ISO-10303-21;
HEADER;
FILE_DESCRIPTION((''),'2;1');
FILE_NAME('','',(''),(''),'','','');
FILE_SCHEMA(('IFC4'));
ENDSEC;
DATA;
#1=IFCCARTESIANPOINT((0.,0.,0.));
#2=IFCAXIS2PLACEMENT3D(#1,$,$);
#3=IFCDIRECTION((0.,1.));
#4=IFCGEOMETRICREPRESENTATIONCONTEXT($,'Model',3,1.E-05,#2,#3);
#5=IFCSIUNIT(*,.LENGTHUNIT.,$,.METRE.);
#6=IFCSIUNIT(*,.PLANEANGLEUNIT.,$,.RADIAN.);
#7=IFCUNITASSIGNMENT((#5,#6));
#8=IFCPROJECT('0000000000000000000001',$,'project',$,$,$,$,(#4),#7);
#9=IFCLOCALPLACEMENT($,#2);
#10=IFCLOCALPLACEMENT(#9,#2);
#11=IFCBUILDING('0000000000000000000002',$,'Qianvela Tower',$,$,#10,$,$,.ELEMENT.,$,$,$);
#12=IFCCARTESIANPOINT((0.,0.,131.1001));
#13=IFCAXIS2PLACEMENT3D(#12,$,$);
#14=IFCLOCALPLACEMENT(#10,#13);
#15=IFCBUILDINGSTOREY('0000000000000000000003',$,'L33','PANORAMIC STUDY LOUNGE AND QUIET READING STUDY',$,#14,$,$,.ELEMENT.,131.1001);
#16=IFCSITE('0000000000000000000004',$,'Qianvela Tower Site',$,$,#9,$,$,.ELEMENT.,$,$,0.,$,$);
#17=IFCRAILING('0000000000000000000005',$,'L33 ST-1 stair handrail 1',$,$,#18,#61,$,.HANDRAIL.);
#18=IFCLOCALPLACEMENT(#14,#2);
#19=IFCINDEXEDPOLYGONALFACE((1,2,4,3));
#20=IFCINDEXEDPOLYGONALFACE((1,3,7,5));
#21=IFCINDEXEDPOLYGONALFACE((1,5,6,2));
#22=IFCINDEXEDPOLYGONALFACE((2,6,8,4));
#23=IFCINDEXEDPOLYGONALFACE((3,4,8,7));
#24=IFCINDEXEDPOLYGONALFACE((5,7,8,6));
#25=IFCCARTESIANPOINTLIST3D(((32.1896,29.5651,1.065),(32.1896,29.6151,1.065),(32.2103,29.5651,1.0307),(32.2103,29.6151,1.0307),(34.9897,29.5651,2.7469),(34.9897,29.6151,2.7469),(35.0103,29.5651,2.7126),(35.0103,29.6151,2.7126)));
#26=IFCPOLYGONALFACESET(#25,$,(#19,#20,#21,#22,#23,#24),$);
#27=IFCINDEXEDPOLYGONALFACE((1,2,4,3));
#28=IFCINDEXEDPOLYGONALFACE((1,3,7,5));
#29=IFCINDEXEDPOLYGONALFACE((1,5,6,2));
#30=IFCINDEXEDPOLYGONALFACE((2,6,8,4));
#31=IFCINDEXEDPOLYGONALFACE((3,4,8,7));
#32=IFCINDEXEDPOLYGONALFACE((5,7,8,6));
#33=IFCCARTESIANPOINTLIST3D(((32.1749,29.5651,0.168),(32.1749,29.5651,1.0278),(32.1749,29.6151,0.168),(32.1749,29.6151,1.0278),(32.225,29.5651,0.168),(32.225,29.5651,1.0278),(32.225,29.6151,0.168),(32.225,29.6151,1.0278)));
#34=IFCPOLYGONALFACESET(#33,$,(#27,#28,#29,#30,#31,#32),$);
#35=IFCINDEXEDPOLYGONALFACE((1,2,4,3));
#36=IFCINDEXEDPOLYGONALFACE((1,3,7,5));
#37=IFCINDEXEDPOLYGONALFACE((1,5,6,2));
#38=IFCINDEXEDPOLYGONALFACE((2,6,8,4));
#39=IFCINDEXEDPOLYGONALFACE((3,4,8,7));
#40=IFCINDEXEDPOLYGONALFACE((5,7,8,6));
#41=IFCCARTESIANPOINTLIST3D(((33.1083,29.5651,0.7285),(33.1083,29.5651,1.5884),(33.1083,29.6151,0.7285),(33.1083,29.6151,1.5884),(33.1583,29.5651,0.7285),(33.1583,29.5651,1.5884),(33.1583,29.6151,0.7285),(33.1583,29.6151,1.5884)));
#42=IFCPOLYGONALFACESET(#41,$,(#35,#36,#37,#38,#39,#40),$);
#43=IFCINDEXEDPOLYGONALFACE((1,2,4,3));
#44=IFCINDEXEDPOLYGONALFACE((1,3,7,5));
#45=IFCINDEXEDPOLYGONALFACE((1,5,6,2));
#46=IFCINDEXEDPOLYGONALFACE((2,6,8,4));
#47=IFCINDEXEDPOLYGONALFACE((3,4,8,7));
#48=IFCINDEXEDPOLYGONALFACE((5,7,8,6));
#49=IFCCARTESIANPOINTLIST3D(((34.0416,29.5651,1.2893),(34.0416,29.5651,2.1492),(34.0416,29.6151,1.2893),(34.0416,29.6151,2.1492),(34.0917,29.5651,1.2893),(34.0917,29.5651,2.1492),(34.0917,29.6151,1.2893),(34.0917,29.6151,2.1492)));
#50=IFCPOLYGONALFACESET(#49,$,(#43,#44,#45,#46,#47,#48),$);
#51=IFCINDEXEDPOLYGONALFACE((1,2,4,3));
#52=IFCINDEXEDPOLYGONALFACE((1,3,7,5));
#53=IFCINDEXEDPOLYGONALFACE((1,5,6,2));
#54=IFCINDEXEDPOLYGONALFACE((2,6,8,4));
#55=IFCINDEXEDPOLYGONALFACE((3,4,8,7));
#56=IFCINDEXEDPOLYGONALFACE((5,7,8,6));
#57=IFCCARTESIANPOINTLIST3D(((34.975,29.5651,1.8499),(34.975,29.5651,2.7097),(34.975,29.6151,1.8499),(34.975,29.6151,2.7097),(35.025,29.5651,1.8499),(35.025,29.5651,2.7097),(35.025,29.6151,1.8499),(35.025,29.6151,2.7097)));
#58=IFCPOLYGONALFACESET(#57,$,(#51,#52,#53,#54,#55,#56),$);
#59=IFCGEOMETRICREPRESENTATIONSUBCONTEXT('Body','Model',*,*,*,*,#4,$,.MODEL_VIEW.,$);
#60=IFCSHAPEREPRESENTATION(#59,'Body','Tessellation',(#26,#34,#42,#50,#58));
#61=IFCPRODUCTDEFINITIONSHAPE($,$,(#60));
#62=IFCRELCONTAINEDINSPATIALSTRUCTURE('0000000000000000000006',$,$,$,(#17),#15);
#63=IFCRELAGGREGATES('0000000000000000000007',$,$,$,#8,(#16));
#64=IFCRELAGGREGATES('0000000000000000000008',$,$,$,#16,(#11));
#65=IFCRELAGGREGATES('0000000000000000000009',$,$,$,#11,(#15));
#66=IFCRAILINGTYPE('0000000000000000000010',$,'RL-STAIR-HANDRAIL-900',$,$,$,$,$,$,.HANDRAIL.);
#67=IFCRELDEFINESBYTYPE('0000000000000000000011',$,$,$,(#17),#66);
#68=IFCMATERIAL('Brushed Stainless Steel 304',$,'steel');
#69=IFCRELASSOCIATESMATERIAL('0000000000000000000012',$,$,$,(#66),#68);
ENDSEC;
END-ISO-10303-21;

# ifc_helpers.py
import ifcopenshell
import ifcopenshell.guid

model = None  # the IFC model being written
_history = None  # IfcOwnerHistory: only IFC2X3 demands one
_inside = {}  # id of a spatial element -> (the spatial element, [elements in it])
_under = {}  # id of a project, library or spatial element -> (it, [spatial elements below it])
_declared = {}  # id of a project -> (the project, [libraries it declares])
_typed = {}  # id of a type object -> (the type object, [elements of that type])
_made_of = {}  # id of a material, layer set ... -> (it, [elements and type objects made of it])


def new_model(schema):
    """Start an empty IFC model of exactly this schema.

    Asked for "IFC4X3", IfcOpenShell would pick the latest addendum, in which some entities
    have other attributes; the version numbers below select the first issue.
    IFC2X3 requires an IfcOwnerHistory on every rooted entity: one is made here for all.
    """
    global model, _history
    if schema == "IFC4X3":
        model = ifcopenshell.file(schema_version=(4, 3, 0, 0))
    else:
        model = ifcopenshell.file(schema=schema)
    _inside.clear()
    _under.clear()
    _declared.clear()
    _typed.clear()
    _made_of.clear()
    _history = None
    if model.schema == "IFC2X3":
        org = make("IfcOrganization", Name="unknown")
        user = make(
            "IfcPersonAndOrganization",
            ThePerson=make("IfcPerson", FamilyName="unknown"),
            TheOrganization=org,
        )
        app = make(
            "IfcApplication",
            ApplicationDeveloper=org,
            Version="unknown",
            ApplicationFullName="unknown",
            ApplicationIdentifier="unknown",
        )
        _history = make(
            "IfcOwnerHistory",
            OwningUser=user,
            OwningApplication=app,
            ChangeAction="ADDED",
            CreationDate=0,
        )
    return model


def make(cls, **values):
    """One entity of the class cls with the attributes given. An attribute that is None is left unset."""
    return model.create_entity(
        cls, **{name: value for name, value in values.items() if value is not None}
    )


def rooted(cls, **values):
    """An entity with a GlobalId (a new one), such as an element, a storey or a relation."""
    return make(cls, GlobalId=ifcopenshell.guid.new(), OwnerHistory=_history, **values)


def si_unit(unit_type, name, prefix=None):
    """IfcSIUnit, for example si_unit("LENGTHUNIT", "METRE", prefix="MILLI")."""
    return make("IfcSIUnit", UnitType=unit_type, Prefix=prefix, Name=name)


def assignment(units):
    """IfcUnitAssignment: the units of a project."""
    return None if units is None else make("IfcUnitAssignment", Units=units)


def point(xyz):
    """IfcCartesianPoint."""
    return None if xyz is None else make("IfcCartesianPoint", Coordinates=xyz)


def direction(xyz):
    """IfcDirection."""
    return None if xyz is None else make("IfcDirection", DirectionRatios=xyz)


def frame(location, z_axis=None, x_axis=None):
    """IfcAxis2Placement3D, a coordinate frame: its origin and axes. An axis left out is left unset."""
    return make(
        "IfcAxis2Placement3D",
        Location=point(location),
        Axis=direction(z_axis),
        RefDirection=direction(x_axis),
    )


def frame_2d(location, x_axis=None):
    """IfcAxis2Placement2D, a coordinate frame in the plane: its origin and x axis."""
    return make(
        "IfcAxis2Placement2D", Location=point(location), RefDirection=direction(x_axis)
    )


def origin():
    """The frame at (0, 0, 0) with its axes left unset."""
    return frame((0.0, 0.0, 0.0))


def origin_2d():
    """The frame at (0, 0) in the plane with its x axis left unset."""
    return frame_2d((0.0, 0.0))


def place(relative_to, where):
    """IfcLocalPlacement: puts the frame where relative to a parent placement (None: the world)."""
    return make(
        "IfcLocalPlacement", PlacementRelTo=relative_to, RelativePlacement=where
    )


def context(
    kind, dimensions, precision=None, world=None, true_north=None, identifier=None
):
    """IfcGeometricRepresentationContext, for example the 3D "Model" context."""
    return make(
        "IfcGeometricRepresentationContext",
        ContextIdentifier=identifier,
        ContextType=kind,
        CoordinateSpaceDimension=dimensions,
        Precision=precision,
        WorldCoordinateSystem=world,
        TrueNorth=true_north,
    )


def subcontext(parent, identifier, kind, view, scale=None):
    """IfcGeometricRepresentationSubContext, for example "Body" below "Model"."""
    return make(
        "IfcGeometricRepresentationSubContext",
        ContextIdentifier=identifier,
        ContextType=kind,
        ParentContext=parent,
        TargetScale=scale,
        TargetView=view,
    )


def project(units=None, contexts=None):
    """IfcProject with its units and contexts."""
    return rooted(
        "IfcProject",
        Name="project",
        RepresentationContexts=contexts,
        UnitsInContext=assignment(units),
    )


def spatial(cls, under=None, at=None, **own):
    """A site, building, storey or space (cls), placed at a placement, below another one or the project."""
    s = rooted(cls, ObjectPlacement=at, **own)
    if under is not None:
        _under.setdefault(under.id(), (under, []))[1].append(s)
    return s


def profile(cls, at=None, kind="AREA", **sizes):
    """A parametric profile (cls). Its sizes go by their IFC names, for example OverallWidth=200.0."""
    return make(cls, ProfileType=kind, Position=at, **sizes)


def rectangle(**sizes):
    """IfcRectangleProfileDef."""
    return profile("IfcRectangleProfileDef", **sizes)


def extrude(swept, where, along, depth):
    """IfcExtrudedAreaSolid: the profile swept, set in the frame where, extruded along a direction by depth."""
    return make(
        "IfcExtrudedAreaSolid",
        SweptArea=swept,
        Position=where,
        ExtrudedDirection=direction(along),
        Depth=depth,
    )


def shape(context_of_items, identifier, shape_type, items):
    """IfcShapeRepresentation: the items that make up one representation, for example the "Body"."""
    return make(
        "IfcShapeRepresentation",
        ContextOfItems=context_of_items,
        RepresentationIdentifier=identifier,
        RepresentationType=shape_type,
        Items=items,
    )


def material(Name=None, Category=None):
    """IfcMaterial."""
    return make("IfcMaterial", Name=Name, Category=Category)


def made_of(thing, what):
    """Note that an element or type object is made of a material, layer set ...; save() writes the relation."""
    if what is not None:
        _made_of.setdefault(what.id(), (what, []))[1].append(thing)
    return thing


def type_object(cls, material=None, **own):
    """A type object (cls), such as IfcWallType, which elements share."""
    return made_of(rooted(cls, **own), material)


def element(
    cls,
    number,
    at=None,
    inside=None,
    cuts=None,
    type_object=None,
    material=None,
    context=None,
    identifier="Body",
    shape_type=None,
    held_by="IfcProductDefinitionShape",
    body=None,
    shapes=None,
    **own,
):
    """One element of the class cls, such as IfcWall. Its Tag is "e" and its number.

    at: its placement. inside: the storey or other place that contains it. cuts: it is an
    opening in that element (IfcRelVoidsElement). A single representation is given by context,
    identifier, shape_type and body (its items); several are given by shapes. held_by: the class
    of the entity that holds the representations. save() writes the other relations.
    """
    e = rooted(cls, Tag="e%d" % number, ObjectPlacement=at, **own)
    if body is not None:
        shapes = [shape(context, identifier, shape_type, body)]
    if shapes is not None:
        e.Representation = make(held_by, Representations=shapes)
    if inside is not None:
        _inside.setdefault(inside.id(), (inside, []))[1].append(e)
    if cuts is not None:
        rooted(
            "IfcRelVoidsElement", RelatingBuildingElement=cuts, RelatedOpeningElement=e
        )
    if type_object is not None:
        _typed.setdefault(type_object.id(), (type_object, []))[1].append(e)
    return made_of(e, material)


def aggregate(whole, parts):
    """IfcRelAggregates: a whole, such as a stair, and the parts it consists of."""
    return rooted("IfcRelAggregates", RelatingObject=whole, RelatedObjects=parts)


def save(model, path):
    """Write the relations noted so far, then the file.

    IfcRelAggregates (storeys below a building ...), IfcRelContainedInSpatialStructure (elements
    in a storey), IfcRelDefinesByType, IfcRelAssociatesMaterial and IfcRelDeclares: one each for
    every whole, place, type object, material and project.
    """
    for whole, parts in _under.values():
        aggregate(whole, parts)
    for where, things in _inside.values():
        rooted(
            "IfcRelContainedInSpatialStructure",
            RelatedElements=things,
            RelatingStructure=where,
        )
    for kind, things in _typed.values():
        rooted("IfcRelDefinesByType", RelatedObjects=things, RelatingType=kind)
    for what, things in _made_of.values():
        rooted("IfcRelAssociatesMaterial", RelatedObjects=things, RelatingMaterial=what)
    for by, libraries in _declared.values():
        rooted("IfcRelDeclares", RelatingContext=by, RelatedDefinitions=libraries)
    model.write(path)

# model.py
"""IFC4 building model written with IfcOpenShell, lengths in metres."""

from ifc_helpers import new_model, si_unit, direction, frame, origin, origin_2d, place, context, subcontext, project, spatial, rectangle, extrude, material, type_object, element, save


model = new_model("IFC4")

# Units and contexts
model_context = context("Model", 3, precision=1e-05, world=origin(), true_north=direction((0.0, 1.0)))
body_context = subcontext(model_context, "Body", "Model", "MODEL_VIEW")
ifc_project = project(units=[si_unit("LENGTHUNIT", "METRE"), si_unit("PLANEANGLEUNIT", "RADIAN")], contexts=[model_context])

# Site, building, storey
site_placement = place(None, origin())
site = spatial("IfcSite", under=ifc_project, at=site_placement, Name="Qianvela Tower Site", CompositionType="ELEMENT", RefElevation=0.0)
building_placement = place(site_placement, origin())
building = spatial("IfcBuilding", under=site, at=building_placement, Name="Qianvela Tower", CompositionType="ELEMENT")
storey_placement = place(building_placement, frame((0.0, 0.0, 131.1001)))
storey = spatial("IfcBuildingStorey", under=building, at=storey_placement, Name="L33", Description="PANORAMIC STUDY LOUNGE AND QUIET READING STUDY", CompositionType="ELEMENT", Elevation=131.1001)

# Railing
ifc_material_1 = material(Name="Brushed Stainless Steel 304", Category="steel")
railing_type_1 = type_object("IfcRailingType", Name="RL-STAIR-HANDRAIL-900", PredefinedType="HANDRAIL", material=ifc_material_1)
railing_1_placement = place(storey_placement, frame((32.2, 29.5901, 0.168)))
element("IfcRailing", 1, at=railing_1_placement, inside=storey, type_object=railing_type_1, Name="L33 ST-1 stair handrail 1", PredefinedType="HANDRAIL", context=body_context, shape_type="SweptSolid", body=[
    extrude(rectangle(XDim=0.05, YDim=0.04, at=origin_2d()), frame((0.0, 0.0, 0.8799), z_axis=(0.857242, 0.0, 0.514913), x_axis=(0.0, 1.0, 0.0)), (0.0, 0.0, 1.0), 3.2664),
    extrude(rectangle(XDim=0.05, YDim=0.05, at=origin_2d()), origin(), (0.0, 0.0, 1.0), 0.8599),
    extrude(rectangle(XDim=0.05, YDim=0.05, at=origin_2d()), frame((0.9333, 0.0, 0.5605)), (0.0, 0.0, 1.0), 0.8599),
    extrude(rectangle(XDim=0.05, YDim=0.05, at=origin_2d()), frame((1.8667, 0.0, 1.1213)), (0.0, 0.0, 1.0), 0.8599),
    extrude(rectangle(XDim=0.05, YDim=0.05, at=origin_2d()), frame((2.8, 0.0, 1.6819)), (0.0, 0.0, 1.0), 0.8599),
])

save(model, "model.ifc")
